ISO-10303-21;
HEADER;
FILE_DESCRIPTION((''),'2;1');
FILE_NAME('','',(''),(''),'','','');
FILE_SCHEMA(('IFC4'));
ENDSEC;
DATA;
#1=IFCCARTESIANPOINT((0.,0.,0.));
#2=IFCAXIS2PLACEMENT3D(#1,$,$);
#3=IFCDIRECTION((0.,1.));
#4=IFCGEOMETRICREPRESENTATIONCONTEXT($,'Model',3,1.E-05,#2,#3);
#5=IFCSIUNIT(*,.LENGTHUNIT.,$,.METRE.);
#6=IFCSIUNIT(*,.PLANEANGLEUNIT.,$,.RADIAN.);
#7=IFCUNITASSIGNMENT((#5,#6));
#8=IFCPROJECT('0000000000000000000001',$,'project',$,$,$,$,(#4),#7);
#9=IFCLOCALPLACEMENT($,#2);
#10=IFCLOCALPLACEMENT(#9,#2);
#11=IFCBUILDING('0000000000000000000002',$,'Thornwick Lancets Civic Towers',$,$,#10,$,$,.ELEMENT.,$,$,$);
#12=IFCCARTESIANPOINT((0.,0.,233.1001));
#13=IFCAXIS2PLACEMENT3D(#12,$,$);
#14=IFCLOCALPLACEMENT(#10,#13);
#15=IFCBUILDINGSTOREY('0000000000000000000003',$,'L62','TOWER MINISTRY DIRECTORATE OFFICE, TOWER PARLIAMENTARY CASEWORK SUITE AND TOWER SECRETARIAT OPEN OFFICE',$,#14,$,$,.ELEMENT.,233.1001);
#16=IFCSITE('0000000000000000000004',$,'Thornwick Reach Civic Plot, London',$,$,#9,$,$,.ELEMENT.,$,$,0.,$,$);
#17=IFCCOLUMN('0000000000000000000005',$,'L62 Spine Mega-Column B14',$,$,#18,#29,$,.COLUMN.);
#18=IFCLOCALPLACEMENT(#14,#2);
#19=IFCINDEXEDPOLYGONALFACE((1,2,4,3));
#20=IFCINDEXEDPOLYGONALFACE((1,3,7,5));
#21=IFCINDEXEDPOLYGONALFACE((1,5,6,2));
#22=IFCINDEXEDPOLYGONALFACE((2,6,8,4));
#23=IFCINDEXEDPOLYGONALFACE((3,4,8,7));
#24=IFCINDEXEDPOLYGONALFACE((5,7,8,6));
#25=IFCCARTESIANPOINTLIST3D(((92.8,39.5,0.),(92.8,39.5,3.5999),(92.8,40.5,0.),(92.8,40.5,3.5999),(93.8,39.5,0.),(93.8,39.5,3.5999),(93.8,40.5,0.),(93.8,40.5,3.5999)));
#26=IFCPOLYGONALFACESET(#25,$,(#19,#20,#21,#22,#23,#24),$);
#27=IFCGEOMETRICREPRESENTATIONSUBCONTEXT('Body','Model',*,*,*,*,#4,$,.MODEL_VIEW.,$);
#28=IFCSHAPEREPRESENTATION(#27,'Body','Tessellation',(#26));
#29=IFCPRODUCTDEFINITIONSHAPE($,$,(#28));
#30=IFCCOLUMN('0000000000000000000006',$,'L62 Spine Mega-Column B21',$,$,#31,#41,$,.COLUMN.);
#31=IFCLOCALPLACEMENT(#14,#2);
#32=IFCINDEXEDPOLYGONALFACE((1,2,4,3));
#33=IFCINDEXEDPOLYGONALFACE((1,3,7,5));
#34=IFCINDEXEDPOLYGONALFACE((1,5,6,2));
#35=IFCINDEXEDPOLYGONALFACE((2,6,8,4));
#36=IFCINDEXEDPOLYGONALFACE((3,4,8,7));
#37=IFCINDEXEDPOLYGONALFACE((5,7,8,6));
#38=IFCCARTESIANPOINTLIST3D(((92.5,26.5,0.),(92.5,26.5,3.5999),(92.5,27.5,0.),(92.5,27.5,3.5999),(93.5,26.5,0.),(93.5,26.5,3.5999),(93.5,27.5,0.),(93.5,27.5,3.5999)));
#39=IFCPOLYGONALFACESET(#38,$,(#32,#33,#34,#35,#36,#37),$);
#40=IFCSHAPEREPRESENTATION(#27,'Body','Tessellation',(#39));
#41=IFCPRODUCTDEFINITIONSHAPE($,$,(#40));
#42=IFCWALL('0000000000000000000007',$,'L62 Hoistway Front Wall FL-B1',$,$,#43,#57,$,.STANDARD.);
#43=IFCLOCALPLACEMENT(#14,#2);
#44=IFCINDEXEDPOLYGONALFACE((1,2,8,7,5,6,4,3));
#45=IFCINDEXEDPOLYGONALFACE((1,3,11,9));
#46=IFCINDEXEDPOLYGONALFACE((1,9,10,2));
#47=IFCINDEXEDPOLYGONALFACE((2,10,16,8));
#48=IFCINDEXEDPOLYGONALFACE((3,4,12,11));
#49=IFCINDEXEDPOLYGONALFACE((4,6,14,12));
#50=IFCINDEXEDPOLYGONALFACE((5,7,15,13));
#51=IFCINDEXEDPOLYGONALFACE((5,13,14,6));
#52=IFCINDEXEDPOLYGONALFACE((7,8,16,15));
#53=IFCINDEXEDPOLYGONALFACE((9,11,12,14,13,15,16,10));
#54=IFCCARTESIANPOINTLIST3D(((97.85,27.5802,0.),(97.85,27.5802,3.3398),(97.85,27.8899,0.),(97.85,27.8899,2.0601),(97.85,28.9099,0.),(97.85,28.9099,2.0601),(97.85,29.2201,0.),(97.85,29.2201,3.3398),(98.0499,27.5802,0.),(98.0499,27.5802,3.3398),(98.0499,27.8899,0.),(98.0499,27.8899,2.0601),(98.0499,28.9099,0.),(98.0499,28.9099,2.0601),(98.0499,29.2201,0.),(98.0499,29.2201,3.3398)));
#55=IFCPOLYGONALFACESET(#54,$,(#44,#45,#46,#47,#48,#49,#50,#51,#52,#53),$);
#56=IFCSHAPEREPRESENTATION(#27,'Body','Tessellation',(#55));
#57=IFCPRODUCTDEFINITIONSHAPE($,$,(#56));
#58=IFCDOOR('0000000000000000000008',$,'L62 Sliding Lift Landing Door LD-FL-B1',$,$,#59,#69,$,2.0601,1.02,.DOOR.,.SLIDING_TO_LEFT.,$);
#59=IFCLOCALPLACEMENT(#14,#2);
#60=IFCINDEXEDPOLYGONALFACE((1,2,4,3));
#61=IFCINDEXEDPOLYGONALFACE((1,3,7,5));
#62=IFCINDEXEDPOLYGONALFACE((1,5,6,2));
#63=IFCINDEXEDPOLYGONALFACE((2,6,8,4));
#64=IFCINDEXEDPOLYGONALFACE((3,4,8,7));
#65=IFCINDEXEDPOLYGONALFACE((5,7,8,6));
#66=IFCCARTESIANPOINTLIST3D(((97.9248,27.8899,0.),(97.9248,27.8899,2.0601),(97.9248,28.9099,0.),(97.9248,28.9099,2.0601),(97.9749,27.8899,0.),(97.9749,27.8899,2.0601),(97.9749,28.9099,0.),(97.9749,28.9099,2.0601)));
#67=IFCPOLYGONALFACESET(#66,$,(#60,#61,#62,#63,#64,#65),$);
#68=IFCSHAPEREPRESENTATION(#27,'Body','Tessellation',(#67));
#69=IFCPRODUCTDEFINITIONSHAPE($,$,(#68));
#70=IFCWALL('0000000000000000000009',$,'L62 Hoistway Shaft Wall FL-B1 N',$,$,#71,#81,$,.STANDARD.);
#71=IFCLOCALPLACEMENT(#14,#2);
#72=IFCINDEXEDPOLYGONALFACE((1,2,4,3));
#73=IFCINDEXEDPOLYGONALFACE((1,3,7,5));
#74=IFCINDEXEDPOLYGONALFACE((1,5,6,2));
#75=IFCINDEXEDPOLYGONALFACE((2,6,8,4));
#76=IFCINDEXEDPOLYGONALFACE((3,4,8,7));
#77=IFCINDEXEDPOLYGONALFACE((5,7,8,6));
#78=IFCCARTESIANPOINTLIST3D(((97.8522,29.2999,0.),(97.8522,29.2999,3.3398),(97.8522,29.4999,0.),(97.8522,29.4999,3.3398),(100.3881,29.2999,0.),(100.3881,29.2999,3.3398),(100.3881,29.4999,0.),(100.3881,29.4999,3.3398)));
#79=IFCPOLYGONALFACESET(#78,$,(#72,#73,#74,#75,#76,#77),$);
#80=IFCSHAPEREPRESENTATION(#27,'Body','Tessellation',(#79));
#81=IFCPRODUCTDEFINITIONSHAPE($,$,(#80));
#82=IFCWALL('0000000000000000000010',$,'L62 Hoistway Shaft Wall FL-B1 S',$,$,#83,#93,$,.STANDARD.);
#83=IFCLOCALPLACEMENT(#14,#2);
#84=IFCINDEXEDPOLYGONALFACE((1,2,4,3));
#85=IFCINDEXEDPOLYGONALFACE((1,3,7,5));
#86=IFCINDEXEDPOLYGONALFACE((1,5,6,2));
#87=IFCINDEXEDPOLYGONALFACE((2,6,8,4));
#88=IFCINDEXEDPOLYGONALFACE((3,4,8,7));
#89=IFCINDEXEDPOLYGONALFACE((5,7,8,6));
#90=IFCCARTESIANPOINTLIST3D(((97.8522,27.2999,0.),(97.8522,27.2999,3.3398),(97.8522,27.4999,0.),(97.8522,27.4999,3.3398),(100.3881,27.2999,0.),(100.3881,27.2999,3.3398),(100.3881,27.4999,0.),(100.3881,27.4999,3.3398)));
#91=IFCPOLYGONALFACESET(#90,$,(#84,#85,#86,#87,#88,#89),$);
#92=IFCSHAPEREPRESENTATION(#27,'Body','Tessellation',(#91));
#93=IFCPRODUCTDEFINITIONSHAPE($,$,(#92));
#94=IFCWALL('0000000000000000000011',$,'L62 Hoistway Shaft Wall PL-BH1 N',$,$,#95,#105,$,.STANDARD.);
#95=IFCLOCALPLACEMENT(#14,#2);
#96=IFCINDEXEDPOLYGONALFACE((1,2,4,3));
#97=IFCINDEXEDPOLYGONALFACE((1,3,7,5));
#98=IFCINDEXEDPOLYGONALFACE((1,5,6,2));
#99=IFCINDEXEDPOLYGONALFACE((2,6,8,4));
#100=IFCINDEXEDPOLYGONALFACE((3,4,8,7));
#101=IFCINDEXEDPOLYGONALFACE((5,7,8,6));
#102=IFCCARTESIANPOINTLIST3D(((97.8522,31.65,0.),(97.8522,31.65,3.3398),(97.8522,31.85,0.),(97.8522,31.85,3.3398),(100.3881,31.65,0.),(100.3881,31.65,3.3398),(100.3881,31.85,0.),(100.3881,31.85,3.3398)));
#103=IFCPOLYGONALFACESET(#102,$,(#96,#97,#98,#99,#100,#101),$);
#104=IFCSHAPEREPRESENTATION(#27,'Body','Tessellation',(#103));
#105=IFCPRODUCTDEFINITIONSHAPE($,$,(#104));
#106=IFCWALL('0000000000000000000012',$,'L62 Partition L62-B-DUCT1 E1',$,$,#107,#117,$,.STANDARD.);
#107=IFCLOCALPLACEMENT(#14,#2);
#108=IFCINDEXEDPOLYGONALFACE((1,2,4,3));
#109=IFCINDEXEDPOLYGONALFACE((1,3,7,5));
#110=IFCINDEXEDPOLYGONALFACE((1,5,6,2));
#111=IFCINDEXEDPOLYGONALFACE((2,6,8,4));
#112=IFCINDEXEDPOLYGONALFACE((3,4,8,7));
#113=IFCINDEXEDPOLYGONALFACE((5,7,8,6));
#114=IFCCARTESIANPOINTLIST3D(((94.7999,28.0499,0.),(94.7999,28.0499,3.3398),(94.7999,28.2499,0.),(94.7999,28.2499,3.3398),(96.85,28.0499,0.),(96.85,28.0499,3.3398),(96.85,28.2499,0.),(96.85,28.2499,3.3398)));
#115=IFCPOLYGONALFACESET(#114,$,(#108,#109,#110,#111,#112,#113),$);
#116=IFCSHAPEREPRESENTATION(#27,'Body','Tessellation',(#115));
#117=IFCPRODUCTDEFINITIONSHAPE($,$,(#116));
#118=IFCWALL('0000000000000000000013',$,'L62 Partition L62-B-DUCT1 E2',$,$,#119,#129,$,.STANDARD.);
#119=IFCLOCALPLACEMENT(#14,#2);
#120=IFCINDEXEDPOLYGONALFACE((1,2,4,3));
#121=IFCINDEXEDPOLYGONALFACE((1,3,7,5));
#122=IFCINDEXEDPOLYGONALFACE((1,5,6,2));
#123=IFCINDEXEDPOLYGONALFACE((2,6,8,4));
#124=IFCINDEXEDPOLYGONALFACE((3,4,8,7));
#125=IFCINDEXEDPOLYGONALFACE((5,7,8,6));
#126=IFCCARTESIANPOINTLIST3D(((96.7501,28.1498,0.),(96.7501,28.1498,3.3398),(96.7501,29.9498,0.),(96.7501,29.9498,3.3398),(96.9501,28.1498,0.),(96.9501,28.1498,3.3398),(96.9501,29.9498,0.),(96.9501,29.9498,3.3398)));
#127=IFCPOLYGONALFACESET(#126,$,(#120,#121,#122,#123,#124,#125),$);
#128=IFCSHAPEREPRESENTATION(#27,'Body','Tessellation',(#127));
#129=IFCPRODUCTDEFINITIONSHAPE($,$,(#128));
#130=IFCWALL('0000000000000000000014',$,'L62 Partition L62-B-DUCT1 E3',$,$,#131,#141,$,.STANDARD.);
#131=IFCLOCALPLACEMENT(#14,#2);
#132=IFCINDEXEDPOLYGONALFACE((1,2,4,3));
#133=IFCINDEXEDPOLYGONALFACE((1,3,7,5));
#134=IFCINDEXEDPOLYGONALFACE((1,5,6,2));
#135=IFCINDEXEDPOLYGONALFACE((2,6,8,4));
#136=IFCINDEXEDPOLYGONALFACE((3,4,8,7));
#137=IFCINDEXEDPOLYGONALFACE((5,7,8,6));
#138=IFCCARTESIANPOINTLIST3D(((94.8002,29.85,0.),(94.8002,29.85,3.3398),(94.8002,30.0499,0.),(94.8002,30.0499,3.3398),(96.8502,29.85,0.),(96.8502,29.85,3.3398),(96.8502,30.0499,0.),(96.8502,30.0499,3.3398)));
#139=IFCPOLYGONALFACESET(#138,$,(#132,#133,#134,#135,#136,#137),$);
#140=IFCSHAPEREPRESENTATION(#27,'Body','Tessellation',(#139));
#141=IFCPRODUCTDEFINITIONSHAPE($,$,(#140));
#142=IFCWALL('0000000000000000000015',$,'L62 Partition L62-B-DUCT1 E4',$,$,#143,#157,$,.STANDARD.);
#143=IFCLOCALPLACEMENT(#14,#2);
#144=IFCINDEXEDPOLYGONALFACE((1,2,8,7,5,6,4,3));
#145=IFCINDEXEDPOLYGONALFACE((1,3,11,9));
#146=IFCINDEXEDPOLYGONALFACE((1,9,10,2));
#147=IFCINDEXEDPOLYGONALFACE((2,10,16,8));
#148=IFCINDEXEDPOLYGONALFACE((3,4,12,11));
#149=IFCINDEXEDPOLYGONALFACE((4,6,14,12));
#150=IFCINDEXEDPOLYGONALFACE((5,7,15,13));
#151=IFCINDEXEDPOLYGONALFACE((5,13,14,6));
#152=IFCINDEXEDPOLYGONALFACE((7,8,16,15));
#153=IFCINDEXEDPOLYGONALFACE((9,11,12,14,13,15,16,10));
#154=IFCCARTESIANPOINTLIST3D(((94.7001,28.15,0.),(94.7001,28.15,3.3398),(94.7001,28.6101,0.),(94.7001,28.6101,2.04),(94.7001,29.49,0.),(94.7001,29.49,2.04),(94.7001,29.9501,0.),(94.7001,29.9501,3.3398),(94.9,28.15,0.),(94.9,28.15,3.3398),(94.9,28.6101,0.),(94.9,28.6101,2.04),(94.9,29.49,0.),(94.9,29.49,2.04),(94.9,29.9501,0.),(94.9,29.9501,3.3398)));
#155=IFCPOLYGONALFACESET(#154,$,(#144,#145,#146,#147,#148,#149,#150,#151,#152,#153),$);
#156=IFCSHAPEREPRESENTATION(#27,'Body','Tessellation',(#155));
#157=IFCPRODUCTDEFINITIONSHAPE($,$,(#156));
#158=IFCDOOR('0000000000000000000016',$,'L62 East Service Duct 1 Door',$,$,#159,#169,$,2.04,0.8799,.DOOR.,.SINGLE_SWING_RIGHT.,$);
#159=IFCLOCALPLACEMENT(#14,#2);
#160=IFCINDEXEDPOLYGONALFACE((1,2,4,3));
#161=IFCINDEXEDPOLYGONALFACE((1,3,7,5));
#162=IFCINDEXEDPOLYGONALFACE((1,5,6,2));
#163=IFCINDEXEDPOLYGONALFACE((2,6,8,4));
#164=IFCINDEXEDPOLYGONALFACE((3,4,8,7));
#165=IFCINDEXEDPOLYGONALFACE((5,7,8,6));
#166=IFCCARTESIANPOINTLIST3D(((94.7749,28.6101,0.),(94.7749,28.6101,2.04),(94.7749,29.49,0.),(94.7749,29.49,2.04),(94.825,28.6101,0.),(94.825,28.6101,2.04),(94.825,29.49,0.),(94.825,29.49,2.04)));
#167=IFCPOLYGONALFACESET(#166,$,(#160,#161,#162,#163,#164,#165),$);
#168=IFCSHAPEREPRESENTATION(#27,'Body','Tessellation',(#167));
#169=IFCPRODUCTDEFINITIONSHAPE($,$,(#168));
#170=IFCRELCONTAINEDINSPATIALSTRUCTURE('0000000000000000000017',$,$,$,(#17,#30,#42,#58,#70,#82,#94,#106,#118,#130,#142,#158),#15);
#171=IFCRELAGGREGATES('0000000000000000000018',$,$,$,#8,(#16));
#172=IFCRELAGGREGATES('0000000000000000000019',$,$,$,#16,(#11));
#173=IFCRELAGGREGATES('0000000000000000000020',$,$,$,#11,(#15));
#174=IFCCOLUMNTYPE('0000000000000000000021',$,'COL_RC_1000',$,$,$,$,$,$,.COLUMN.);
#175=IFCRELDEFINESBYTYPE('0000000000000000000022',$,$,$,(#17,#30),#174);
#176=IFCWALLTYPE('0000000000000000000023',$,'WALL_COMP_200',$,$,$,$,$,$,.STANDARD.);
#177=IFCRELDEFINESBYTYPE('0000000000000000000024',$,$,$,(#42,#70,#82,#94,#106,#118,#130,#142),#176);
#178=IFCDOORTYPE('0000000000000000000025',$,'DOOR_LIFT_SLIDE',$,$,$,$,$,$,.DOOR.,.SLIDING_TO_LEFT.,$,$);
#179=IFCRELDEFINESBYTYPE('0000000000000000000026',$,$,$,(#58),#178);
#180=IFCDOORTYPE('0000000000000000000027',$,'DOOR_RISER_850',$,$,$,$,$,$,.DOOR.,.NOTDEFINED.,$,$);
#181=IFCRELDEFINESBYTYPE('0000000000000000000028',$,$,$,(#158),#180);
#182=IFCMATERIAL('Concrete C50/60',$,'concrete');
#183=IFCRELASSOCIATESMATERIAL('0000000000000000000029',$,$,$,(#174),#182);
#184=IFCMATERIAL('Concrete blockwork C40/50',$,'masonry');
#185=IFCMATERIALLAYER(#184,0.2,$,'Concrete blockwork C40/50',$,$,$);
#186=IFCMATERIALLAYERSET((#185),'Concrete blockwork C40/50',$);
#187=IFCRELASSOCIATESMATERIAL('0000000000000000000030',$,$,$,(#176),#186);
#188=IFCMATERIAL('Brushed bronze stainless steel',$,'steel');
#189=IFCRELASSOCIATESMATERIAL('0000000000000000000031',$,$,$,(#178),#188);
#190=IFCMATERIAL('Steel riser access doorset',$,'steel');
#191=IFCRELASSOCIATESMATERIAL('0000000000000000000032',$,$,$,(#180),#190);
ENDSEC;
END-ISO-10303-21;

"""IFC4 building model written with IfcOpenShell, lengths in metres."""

from ifc_helpers import new_model, si_unit, direction, frame, frame_2d, origin, origin_2d, place, context, subcontext, project, spatial, rectangle, extrude, material, layer, layer_set, material_profile, profile_set, type_object, element, fill, save


model = new_model("IFC4")

# Units and contexts
model_context = context("Model", 3, precision=1e-05, world=origin(), true_north=direction((0.0, 1.0)))
body_context = subcontext(model_context, "Body", "Model", "MODEL_VIEW")
ifc_project = project(units=[si_unit("LENGTHUNIT", "METRE"), si_unit("PLANEANGLEUNIT", "RADIAN")], contexts=[model_context])

# Site, building, storey
site_placement = place(None, origin())
site = spatial("IfcSite", under=ifc_project, at=site_placement, Name="Thornwick Reach Civic Plot, London", CompositionType="ELEMENT", RefElevation=0.0)
building_placement = place(site_placement, origin())
building = spatial("IfcBuilding", under=site, at=building_placement, Name="Thornwick Lancets Civic Towers", CompositionType="ELEMENT")
storey_placement = place(building_placement, frame((0.0, 0.0, 233.1001)))
storey = spatial("IfcBuildingStorey", under=building, at=storey_placement, Name="L62", Description="TOWER MINISTRY DIRECTORATE OFFICE, TOWER PARLIAMENTARY CASEWORK SUITE AND TOWER SECRETARIAT OPEN OFFICE", CompositionType="ELEMENT", Elevation=233.1001)

# Columns
ifc_material_1 = material(Name="Concrete C50/60", Category="concrete")
ifc_material_profile = material_profile(ifc_material_1, rectangle(XDim=1.0, YDim=1.0, at=origin_2d()), Name="RC 1000x1000")
ifc_profile_set = profile_set([ifc_material_profile], Name="Concrete C50/60")
column_type = type_object("IfcColumnType", Name="COL_RC_1000", PredefinedType="COLUMN", material=ifc_profile_set)
for number, where, z_axis, x_axis, name in (
    (1, (93.3, 40.0, 0.0), (0.0, 0.0, 1.0), (1.0, 0.0, 0.0), "L62 Spine Mega-Column B14"),
    (2, (93.0, 27.0, 0.0), (0.0, 0.0, 1.0), (1.0, 0.0, 0.0), "L62 Spine Mega-Column B21"),
):
    element("IfcColumn", number, at=place(storey_placement, frame(where, z_axis=z_axis, x_axis=x_axis)), inside=storey, type_object=column_type, Name=name, PredefinedType="COLUMN", context=body_context, shape_type="SweptSolid", body=[
        extrude(rectangle(XDim=1.0, YDim=1.0, at=origin_2d()), origin(), (0.0, 0.0, 1.0), 3.5999),
    ])

# Wall, opening, door
ifc_material_2 = material(Name="Concrete blockwork C40/50", Category="masonry")
ifc_layer_1 = layer(ifc_material_2, 0.2, Name="Concrete blockwork C40/50")
ifc_layer_set_1 = layer_set([ifc_layer_1], Name="Concrete blockwork C40/50")
wall_type_1 = type_object("IfcWallType", Name="WALL_COMP_200", PredefinedType="STANDARD", material=ifc_layer_set_1)
wall_1_placement = place(storey_placement, frame((97.95, 29.22, 0.0), z_axis=(0.0, 0.0, 1.0), x_axis=(0.0, -1.0, 0.0)))
wall_1 = element("IfcWall", 3, at=wall_1_placement, inside=storey, type_object=wall_type_1, Name="L62 Hoistway Front Wall FL-B1", PredefinedType="STANDARD", context=body_context, shape_type="SweptSolid", body=[
    extrude(rectangle(XDim=1.6399, YDim=0.2, at=frame_2d((0.8198, 0.0))), origin(), (0.0, 0.0, 1.0), 3.3398),
])
opening_1_placement = place(wall_1_placement, frame((0.3101, 0.0, 0.0)))
opening_1 = element("IfcOpeningElement", 4, at=opening_1_placement, cuts=wall_1, PredefinedType="OPENING", context=body_context, shape_type="SweptSolid", body=[
    extrude(rectangle(XDim=1.02, YDim=2.0601, at=frame_2d((0.51, 1.03))), frame((0.0, 0.1099, 0.0), z_axis=(0.0, -1.0, 0.0), x_axis=(1.0, 0.0, 0.0)), (0.0, 0.0, 1.0), 0.22),
])
ifc_material_3 = material(Name="Brushed bronze stainless steel", Category="steel")
door_type_1 = type_object("IfcDoorType", Name="DOOR_LIFT_SLIDE", OperationType="SLIDING_TO_LEFT", PredefinedType="DOOR", material=ifc_material_3)
door_1_placement = place(opening_1_placement, origin())
door_1 = element("IfcDoor", 5, at=door_1_placement, inside=storey, type_object=door_type_1, Name="L62 Sliding Lift Landing Door LD-FL-B1", OperationType="SLIDING_TO_LEFT", OverallHeight=2.0601, OverallWidth=1.02, PredefinedType="DOOR", context=body_context, shape_type="SweptSolid", body=[
    extrude(rectangle(XDim=1.02, YDim=2.0601, at=frame_2d((0.51, 1.03))), frame((0.0, 0.0249, 0.0), z_axis=(0.0, -1.0, 0.0), x_axis=(1.0, 0.0, 0.0)), (0.0, 0.0, 1.0), 0.05),
])
fill(opening_1, door_1)

# Walls
for number, where, z_axis, x_axis, name in (
    (6, (97.8521, 29.3999, 0.0), (0.0, 0.0, 1.0), (1.0, 0.0, 0.0), "L62 Hoistway Shaft Wall FL-B1 N"),
    (7, (97.8521, 27.3999, 0.0), (0.0, 0.0, 1.0), (1.0, 0.0, 0.0), "L62 Hoistway Shaft Wall FL-B1 S"),
    (8, (97.8521, 31.75, 0.0), (0.0, 0.0, 1.0), (1.0, 0.0, 0.0), "L62 Hoistway Shaft Wall PL-BH1 N"),
):
    element("IfcWall", number, at=place(storey_placement, frame(where, z_axis=z_axis, x_axis=x_axis)), inside=storey, type_object=wall_type_1, Name=name, PredefinedType="STANDARD", context=body_context, shape_type="SweptSolid", body=[
        extrude(rectangle(XDim=2.5359, YDim=0.2, at=frame_2d((1.2681, 0.0))), origin(), (0.0, 0.0, 1.0), 3.3398),
    ])
wall_2_placement = place(storey_placement, frame((94.8, 28.1499, 0.0), z_axis=(0.0, 0.0, 1.0), x_axis=(1.0, 0.0, 0.0)))
element("IfcWall", 9, at=wall_2_placement, inside=storey, type_object=wall_type_1, Name="L62 Partition L62-B-DUCT1 E1", PredefinedType="STANDARD", context=body_context, shape_type="SweptSolid", body=[
    extrude(rectangle(XDim=2.05, YDim=0.2, at=frame_2d((1.0249, 0.0))), origin(), (0.0, 0.0, 1.0), 3.3398),
])
wall_3_placement = place(storey_placement, frame((96.8501, 28.1499, 0.0), z_axis=(0.0, 0.0, 1.0), x_axis=(0.0, 1.0, 0.0)))
element("IfcWall", 10, at=wall_3_placement, inside=storey, type_object=wall_type_1, Name="L62 Partition L62-B-DUCT1 E2", PredefinedType="STANDARD", context=body_context, shape_type="SweptSolid", body=[
    extrude(rectangle(XDim=1.8, YDim=0.2, at=frame_2d((0.8999, 0.0))), origin(), (0.0, 0.0, 1.0), 3.3398),
])
wall_4_placement = place(storey_placement, frame((96.8501, 29.95, 0.0), z_axis=(0.0, 0.0, 1.0), x_axis=(-1.0, 0.0, 0.0)))
element("IfcWall", 11, at=wall_4_placement, inside=storey, type_object=wall_type_1, Name="L62 Partition L62-B-DUCT1 E3", PredefinedType="STANDARD", context=body_context, shape_type="SweptSolid", body=[
    extrude(rectangle(XDim=2.05, YDim=0.2, at=frame_2d((1.0249, 0.0))), origin(), (0.0, 0.0, 1.0), 3.3398),
])

# Wall, opening, door
wall_5_placement = place(storey_placement, frame((94.8, 29.95, 0.0), z_axis=(0.0, 0.0, 1.0), x_axis=(0.0, -1.0, 0.0)))
wall_5 = element("IfcWall", 12, at=wall_5_placement, inside=storey, type_object=wall_type_1, Name="L62 Partition L62-B-DUCT1 E4", PredefinedType="STANDARD", context=body_context, shape_type="SweptSolid", body=[
    extrude(rectangle(XDim=1.8, YDim=0.2, at=frame_2d((0.8999, 0.0))), origin(), (0.0, 0.0, 1.0), 3.3398),
])
opening_2_placement = place(wall_5_placement, frame((0.46, 0.0, 0.0)))
opening_2 = element("IfcOpeningElement", 13, at=opening_2_placement, cuts=wall_5, PredefinedType="OPENING", context=body_context, shape_type="SweptSolid", body=[
    extrude(rectangle(XDim=0.8799, YDim=2.04, at=frame_2d((0.4399, 1.02))), frame((0.0, 0.1099, 0.0), z_axis=(0.0, -1.0, 0.0), x_axis=(1.0, 0.0, 0.0)), (0.0, 0.0, 1.0), 0.22),
])
ifc_material_4 = material(Name="Steel riser access doorset", Category="steel")
door_type_2 = type_object("IfcDoorType", Name="DOOR_RISER_850", OperationType="NOTDEFINED", PredefinedType="DOOR", material=ifc_material_4)
door_2_placement = place(opening_2_placement, origin())
door_2 = element("IfcDoor", 14, at=door_2_placement, inside=storey, type_object=door_type_2, Name="L62 East Service Duct 1 Door", OperationType="SINGLE_SWING_RIGHT", OverallHeight=2.04, OverallWidth=0.8799, PredefinedType="DOOR", context=body_context, shape_type="SweptSolid", body=[
    extrude(rectangle(XDim=0.8799, YDim=2.04, at=frame_2d((0.4399, 1.02))), frame((0.0, 0.0249, 0.0), z_axis=(0.0, -1.0, 0.0), x_axis=(1.0, 0.0, 0.0)), (0.0, 0.0, 1.0), 0.05),
])
fill(opening_2, door_2)

save(model, "model.ifc")
